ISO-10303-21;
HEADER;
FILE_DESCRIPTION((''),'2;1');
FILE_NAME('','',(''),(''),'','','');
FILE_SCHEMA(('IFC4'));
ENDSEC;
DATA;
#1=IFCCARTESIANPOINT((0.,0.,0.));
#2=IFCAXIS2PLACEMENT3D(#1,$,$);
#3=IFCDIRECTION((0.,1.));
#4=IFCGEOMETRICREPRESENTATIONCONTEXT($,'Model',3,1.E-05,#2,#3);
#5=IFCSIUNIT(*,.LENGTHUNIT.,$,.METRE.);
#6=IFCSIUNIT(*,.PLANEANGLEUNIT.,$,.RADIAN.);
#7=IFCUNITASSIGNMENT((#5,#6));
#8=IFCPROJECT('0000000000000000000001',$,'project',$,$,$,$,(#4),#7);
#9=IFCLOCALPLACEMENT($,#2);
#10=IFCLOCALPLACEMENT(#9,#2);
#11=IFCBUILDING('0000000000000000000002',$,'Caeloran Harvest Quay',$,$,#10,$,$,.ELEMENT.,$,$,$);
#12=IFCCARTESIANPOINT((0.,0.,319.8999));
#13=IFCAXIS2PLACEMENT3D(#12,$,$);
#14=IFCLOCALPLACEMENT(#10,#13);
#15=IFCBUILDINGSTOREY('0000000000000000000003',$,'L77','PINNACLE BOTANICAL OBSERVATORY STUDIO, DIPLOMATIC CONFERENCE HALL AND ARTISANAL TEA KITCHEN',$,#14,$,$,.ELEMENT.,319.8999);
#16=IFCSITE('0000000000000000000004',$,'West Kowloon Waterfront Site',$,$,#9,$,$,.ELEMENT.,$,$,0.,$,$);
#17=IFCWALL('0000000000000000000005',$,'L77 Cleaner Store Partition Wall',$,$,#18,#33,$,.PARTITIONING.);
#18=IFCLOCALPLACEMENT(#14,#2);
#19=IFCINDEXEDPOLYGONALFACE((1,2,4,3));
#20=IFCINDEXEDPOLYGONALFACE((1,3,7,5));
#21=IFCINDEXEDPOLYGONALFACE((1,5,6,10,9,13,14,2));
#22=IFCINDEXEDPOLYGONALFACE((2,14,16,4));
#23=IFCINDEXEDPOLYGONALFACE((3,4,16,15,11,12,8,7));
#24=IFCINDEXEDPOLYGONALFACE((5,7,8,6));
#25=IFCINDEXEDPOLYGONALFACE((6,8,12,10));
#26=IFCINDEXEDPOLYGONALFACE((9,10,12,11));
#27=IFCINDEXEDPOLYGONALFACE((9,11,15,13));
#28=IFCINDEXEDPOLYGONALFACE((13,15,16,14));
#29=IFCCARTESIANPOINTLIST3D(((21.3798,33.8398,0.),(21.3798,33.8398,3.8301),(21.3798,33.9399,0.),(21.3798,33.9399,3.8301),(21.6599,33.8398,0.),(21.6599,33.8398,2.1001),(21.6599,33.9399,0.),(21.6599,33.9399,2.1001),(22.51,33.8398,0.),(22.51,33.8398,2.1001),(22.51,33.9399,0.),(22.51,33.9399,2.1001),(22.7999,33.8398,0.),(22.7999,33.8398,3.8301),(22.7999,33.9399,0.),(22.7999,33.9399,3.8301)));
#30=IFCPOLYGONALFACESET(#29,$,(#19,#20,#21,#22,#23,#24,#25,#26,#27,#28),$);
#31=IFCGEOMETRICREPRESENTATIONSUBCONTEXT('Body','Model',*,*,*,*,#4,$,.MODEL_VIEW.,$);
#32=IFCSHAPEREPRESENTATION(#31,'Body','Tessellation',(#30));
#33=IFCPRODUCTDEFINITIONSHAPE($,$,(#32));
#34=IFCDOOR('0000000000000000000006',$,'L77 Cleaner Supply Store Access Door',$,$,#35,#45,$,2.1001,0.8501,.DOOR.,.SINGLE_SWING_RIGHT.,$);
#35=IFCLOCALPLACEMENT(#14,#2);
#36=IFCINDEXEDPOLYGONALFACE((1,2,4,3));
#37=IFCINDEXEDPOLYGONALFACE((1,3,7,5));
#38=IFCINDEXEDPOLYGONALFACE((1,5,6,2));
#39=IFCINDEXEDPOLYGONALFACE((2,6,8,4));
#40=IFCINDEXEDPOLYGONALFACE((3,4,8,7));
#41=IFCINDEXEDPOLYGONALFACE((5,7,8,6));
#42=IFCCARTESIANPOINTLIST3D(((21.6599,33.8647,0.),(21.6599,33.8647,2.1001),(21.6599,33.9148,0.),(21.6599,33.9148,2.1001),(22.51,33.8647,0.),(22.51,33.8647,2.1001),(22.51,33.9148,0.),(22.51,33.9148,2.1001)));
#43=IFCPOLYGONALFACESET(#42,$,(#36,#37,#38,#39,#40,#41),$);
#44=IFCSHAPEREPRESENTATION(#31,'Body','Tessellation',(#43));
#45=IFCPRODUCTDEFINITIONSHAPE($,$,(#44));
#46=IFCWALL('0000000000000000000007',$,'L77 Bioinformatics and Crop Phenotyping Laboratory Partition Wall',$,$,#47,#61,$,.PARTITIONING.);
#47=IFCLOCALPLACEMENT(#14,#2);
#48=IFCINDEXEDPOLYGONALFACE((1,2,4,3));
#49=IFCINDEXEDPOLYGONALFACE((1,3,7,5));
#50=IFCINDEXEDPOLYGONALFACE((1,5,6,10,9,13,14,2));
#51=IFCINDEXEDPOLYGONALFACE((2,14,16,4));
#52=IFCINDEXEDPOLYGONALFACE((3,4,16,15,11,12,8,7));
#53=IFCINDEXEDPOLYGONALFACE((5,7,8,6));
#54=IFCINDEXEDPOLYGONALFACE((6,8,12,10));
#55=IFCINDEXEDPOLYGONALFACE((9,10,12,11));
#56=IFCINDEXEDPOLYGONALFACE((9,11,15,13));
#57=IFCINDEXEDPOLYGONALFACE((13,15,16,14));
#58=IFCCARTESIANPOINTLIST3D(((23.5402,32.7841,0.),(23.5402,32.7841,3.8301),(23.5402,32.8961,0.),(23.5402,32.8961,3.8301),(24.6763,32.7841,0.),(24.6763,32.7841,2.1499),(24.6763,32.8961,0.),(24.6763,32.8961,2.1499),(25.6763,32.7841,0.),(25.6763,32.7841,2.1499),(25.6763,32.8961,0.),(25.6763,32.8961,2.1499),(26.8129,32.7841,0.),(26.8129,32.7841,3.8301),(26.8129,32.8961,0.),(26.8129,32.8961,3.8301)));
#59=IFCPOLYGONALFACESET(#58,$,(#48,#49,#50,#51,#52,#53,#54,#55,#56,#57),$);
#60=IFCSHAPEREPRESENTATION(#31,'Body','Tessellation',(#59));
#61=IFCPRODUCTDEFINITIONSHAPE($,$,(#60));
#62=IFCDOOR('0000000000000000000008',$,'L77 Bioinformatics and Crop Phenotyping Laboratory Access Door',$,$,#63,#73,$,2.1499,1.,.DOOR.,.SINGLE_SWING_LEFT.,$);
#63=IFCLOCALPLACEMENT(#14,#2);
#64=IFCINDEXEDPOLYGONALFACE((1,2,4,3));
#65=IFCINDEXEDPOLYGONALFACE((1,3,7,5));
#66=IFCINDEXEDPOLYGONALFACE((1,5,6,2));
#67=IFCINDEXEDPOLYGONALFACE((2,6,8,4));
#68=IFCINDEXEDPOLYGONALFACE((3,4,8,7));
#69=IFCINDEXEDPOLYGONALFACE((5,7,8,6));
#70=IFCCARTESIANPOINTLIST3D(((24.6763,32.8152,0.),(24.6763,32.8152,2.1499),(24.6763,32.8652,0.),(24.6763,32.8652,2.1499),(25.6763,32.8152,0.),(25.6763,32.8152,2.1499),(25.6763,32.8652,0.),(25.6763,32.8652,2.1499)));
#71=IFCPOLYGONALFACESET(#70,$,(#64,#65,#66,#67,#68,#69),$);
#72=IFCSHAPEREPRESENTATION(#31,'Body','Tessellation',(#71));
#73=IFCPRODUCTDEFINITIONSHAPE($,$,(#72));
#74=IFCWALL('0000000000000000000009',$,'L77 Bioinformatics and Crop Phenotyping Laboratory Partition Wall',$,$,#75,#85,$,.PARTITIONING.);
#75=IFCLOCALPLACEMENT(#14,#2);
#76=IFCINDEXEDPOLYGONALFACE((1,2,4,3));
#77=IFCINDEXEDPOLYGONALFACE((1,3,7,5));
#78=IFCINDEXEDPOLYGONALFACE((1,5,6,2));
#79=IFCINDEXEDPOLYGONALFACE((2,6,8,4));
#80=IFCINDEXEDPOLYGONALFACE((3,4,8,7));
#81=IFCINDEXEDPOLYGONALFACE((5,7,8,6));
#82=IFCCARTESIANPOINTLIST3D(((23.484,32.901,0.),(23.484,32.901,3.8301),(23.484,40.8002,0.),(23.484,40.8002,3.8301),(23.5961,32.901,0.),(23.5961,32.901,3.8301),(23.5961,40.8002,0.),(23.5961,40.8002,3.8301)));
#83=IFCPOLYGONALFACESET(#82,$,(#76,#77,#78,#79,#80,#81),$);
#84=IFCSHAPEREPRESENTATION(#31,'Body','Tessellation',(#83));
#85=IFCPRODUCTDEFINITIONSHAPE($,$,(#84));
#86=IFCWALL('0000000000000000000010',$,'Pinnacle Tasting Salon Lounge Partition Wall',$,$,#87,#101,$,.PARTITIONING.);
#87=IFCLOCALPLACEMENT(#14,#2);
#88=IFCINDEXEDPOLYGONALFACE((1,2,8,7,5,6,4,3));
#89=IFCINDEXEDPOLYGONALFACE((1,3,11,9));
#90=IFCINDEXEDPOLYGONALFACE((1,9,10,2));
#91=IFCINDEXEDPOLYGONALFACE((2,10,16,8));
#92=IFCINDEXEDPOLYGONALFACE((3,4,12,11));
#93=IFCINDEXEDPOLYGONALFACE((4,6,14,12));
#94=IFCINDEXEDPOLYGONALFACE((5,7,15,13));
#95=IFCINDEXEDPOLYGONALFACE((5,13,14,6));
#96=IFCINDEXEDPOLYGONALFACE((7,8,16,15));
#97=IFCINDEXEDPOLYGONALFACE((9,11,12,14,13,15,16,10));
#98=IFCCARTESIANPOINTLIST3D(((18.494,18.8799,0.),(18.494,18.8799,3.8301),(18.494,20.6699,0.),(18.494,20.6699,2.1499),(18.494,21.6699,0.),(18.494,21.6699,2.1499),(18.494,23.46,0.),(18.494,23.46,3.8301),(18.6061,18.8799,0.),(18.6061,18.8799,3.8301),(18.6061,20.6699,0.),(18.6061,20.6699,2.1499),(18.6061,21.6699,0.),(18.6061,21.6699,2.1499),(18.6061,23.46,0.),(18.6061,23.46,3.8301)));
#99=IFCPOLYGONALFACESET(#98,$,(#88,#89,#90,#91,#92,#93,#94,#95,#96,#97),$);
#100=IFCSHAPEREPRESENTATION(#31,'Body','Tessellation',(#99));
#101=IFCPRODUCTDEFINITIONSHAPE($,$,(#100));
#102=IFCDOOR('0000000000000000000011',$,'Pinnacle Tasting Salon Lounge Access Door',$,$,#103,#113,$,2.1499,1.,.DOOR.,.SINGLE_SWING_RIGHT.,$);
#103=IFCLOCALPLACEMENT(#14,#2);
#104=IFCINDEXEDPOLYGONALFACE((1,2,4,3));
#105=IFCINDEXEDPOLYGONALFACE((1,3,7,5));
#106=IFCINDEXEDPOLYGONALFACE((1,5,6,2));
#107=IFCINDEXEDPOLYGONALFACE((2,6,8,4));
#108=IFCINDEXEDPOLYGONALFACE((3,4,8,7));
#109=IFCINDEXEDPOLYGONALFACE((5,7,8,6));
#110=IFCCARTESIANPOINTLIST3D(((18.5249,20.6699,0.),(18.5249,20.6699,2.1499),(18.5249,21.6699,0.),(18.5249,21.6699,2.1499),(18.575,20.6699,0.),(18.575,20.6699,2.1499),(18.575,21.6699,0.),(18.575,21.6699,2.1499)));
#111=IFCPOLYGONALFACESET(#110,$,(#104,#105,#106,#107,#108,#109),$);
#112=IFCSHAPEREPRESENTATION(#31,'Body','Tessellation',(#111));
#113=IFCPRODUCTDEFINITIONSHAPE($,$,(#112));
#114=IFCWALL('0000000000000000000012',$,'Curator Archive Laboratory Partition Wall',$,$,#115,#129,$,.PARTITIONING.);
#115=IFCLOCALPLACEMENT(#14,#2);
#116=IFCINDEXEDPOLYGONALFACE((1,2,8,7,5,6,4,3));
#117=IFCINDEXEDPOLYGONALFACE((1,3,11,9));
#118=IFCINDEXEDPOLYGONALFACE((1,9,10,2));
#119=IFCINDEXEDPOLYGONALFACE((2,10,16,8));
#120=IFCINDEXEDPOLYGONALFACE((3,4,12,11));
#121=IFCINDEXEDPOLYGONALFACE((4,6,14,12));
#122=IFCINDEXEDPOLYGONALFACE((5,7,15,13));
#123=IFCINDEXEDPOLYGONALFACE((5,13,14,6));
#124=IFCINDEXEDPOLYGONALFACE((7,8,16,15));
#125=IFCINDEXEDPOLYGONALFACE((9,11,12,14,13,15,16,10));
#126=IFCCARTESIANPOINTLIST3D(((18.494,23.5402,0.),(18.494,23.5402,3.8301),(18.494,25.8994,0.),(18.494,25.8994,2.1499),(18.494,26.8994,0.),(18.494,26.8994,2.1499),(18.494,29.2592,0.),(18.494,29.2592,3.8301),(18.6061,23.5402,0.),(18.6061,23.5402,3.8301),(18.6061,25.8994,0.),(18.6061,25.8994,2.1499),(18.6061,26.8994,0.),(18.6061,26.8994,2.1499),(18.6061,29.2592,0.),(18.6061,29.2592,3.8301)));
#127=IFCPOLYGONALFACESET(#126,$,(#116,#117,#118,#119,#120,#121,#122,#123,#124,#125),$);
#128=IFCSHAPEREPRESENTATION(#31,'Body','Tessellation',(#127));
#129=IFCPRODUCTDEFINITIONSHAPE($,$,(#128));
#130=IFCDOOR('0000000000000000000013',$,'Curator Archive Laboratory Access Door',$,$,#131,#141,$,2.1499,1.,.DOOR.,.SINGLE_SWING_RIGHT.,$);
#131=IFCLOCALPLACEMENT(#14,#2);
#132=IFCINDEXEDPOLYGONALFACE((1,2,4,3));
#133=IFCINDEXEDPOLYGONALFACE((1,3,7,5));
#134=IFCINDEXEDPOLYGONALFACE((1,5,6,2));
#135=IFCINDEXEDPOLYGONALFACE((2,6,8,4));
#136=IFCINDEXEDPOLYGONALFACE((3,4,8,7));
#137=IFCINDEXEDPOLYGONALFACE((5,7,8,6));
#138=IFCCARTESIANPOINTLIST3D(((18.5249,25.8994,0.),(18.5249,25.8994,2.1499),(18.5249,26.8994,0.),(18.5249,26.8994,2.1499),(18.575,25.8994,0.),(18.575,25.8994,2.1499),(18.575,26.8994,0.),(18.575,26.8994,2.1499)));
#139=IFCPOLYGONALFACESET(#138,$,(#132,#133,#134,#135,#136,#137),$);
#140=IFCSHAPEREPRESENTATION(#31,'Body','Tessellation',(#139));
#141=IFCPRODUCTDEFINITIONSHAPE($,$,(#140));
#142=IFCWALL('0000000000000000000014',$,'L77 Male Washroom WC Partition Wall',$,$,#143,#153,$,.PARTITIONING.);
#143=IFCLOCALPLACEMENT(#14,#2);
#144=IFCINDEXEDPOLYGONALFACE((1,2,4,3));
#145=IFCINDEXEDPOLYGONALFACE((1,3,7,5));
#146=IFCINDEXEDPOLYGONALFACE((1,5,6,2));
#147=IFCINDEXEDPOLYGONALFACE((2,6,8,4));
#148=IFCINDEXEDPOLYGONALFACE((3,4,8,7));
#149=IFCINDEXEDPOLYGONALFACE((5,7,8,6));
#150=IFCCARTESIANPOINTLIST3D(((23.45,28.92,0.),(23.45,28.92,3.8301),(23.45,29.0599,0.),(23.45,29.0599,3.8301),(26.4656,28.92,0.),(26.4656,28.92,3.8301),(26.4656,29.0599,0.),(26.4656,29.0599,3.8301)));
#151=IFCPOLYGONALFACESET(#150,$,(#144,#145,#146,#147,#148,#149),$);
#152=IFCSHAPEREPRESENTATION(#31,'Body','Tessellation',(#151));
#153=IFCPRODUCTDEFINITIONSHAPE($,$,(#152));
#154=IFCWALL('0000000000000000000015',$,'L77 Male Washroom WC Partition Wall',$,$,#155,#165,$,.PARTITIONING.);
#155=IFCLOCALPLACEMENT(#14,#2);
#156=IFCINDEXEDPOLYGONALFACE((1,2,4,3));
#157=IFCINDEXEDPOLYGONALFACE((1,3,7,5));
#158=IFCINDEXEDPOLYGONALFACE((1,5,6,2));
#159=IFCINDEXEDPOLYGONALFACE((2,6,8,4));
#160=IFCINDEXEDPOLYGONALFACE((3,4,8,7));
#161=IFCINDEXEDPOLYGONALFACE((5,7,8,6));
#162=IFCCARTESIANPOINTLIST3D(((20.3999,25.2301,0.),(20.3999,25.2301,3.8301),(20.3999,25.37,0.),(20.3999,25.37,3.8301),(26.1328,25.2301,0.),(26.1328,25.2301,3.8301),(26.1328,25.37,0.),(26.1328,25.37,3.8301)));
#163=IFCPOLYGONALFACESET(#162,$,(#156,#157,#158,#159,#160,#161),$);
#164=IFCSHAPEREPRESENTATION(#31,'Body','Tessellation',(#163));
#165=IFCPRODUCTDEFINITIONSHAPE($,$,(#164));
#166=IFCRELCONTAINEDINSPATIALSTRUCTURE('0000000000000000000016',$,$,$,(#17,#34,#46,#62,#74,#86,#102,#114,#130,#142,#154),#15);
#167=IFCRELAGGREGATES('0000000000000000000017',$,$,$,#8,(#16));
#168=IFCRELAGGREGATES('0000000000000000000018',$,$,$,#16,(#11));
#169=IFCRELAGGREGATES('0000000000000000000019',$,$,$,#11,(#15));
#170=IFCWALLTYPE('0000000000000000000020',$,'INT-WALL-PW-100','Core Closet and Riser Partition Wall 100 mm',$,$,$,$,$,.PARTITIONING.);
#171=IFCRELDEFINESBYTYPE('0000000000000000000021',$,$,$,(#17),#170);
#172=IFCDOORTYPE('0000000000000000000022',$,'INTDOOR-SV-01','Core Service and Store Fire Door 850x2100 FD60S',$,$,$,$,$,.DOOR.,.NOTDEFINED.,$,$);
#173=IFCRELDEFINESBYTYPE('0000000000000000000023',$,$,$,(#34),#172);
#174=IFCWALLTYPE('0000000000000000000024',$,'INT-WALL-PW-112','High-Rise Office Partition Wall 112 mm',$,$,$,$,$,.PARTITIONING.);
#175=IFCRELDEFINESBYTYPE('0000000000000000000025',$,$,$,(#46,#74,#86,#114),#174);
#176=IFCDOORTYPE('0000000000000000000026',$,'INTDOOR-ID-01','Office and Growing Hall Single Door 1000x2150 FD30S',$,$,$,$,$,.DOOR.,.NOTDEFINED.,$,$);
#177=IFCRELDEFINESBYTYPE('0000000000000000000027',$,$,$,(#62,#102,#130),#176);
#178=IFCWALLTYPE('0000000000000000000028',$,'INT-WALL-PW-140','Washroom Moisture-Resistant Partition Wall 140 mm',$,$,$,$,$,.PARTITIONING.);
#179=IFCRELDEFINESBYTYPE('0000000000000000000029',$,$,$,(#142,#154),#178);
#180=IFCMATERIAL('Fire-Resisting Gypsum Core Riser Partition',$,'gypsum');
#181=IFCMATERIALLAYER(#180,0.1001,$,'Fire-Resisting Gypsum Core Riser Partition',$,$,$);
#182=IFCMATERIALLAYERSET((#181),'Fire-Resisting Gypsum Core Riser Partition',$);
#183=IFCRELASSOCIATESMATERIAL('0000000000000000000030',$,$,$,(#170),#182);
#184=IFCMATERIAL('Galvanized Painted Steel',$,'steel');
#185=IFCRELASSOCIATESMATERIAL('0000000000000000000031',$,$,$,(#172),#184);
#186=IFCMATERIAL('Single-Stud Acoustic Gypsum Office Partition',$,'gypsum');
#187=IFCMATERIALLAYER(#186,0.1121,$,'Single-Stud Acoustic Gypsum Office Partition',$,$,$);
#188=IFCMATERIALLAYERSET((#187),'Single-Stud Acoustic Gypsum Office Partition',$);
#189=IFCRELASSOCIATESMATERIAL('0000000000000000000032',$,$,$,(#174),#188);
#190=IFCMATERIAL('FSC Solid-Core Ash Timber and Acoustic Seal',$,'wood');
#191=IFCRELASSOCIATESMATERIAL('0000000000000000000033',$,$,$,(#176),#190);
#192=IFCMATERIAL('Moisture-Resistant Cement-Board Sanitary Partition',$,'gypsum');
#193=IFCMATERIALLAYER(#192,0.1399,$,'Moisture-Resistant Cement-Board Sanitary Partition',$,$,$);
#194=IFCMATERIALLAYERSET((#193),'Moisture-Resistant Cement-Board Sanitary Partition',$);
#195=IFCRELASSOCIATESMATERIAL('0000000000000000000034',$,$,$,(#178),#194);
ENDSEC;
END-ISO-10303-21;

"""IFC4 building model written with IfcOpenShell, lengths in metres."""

from ifc_helpers import new_model, si_unit, direction, frame, frame_2d, origin, place, context, subcontext, project, spatial, rectangle, extrude, material, layer, layer_set, type_object, element, fill, save


model = new_model("IFC4")

# Units and contexts
model_context = context("Model", 3, precision=1e-05, world=origin(), true_north=direction((0.0, 1.0)))
body_context = subcontext(model_context, "Body", "Model", "MODEL_VIEW")
ifc_project = project(units=[si_unit("LENGTHUNIT", "METRE"), si_unit("PLANEANGLEUNIT", "RADIAN")], contexts=[model_context])

# Site, building, storey
site_placement = place(None, origin())
site = spatial("IfcSite", under=ifc_project, at=site_placement, Name="West Kowloon Waterfront Site", CompositionType="ELEMENT", RefElevation=0.0)
building_placement = place(site_placement, origin())
building = spatial("IfcBuilding", under=site, at=building_placement, Name="Caeloran Harvest Quay", CompositionType="ELEMENT")
storey_placement = place(building_placement, frame((0.0, 0.0, 319.8999)))
storey = spatial("IfcBuildingStorey", under=building, at=storey_placement, Name="L77", Description="PINNACLE BOTANICAL OBSERVATORY STUDIO, DIPLOMATIC CONFERENCE HALL AND ARTISANAL TEA KITCHEN", CompositionType="ELEMENT", Elevation=319.8999)

# Walls, openings, doors
ifc_material_1 = material(Name="Fire-Resisting Gypsum Core Riser Partition", Category="gypsum")
ifc_layer_1 = layer(ifc_material_1, 0.1001, Name="Fire-Resisting Gypsum Core Riser Partition")
ifc_layer_set_1 = layer_set([ifc_layer_1], Name="Fire-Resisting Gypsum Core Riser Partition")
wall_type_1 = type_object("IfcWallType", Name="INT-WALL-PW-100", Description="Core Closet and Riser Partition Wall 100 mm", PredefinedType="PARTITIONING", material=ifc_layer_set_1)
wall_1_placement = place(storey_placement, frame((21.3799, 33.8899, 0.0), z_axis=(0.0, 0.0, 1.0), x_axis=(1.0, 0.0, 0.0)))
wall_1 = element("IfcWall", 1, at=wall_1_placement, inside=storey, type_object=wall_type_1, Name="L77 Cleaner Store Partition Wall", PredefinedType="PARTITIONING", context=body_context, shape_type="SweptSolid", body=[
    extrude(rectangle(XDim=1.4202, YDim=0.1001, at=frame_2d((0.71, 0.0))), origin(), (0.0, 0.0, 1.0), 3.8301),
])
opening_1_placement = place(wall_1_placement, frame((0.28, 0.0, 0.0)))
opening_1 = element("IfcOpeningElement", 2, at=opening_1_placement, cuts=wall_1, PredefinedType="OPENING", context=body_context, shape_type="SweptSolid", body=[
    extrude(rectangle(XDim=0.8501, YDim=2.1001, at=frame_2d((0.425, 1.05))), frame((0.0, 0.0601, 0.0), z_axis=(0.0, -1.0, 0.0), x_axis=(1.0, 0.0, 0.0)), (0.0, 0.0, 1.0), 0.1201),
])
ifc_material_2 = material(Name="Galvanized Painted Steel", Category="steel")
door_type_1 = type_object("IfcDoorType", Name="INTDOOR-SV-01", Description="Core Service and Store Fire Door 850x2100 FD60S", OperationType="NOTDEFINED", PredefinedType="DOOR", material=ifc_material_2)
door_1_placement = place(opening_1_placement, origin())
door_1 = element("IfcDoor", 3, at=door_1_placement, inside=storey, type_object=door_type_1, Name="L77 Cleaner Supply Store Access Door", OperationType="SINGLE_SWING_RIGHT", OverallHeight=2.1001, OverallWidth=0.8501, PredefinedType="DOOR", context=body_context, shape_type="SweptSolid", body=[
    extrude(rectangle(XDim=0.8501, YDim=2.1001, at=frame_2d((0.425, 1.05))), frame((0.0, 0.0249, 0.0), z_axis=(0.0, -1.0, 0.0), x_axis=(1.0, 0.0, 0.0)), (0.0, 0.0, 1.0), 0.05),
])
fill(opening_1, door_1)
ifc_material_3 = material(Name="Single-Stud Acoustic Gypsum Office Partition", Category="gypsum")
ifc_layer_2 = layer(ifc_material_3, 0.1121, Name="Single-Stud Acoustic Gypsum Office Partition")
ifc_layer_set_2 = layer_set([ifc_layer_2], Name="Single-Stud Acoustic Gypsum Office Partition")
wall_type_2 = type_object("IfcWallType", Name="INT-WALL-PW-112", Description="High-Rise Office Partition Wall 112 mm", PredefinedType="PARTITIONING", material=ifc_layer_set_2)
wall_2_placement = place(storey_placement, frame((26.8127, 32.8401, 0.0), z_axis=(0.0, 0.0, 1.0), x_axis=(-1.0, 0.0, 0.0)))
wall_2 = element("IfcWall", 4, at=wall_2_placement, inside=storey, type_object=wall_type_2, Name="L77 Bioinformatics and Crop Phenotyping Laboratory Partition Wall", PredefinedType="PARTITIONING", context=body_context, shape_type="SweptSolid", body=[
    extrude(rectangle(XDim=3.2727, YDim=0.1121, at=frame_2d((1.6362, 0.0))), origin(), (0.0, 0.0, 1.0), 3.8301),
])
opening_2_placement = place(wall_2_placement, frame((1.1365, 0.0, 0.0)))
opening_2 = element("IfcOpeningElement", 5, at=opening_2_placement, cuts=wall_2, PredefinedType="OPENING", context=body_context, shape_type="SweptSolid", body=[
    extrude(rectangle(XDim=1.0, YDim=2.1499, at=frame_2d((0.5, 1.075))), frame((0.0, 0.0659, 0.0), z_axis=(0.0, -1.0, 0.0), x_axis=(1.0, 0.0, 0.0)), (0.0, 0.0, 1.0), 0.1321),
])
ifc_material_4 = material(Name="FSC Solid-Core Ash Timber and Acoustic Seal", Category="wood")
door_type_2 = type_object("IfcDoorType", Name="INTDOOR-ID-01", Description="Office and Growing Hall Single Door 1000x2150 FD30S", OperationType="NOTDEFINED", PredefinedType="DOOR", material=ifc_material_4)
door_2_placement = place(opening_2_placement, origin())
door_2 = element("IfcDoor", 6, at=door_2_placement, inside=storey, type_object=door_type_2, Name="L77 Bioinformatics and Crop Phenotyping Laboratory Access Door", OperationType="SINGLE_SWING_LEFT", OverallHeight=2.1499, OverallWidth=1.0, PredefinedType="DOOR", context=body_context, shape_type="SweptSolid", body=[
    extrude(rectangle(XDim=1.0, YDim=2.1499, at=frame_2d((0.5, 1.075))), frame((0.0, 0.0249, 0.0), z_axis=(0.0, -1.0, 0.0), x_axis=(1.0, 0.0, 0.0)), (0.0, 0.0, 1.0), 0.05),
])
fill(opening_2, door_2)

# Wall
wall_3_placement = place(storey_placement, frame((23.54, 32.9009, 0.0), z_axis=(0.0, 0.0, 1.0), x_axis=(0.0, 1.0, 0.0)))
element("IfcWall", 7, at=wall_3_placement, inside=storey, type_object=wall_type_2, Name="L77 Bioinformatics and Crop Phenotyping Laboratory Partition Wall", PredefinedType="PARTITIONING", context=body_context, shape_type="SweptSolid", body=[
    extrude(rectangle(XDim=7.8992, YDim=0.1121, at=frame_2d((3.9497, 0.0))), origin(), (0.0, 0.0, 1.0), 3.8301),
])

# Walls, openings, doors
wall_4_placement = place(storey_placement, frame((18.55, 23.46, 0.0), z_axis=(0.0, 0.0, 1.0), x_axis=(0.0, -1.0, 0.0)))
wall_4 = element("IfcWall", 8, at=wall_4_placement, inside=storey, type_object=wall_type_2, Name="Pinnacle Tasting Salon Lounge Partition Wall", PredefinedType="PARTITIONING", context=body_context, shape_type="SweptSolid", body=[
    extrude(rectangle(XDim=4.5801, YDim=0.1121, at=frame_2d((2.29, 0.0))), origin(), (0.0, 0.0, 1.0), 3.8301),
])
opening_3_placement = place(wall_4_placement, frame((1.79, 0.0, 0.0)))
opening_3 = element("IfcOpeningElement", 9, at=opening_3_placement, cuts=wall_4, PredefinedType="OPENING", context=body_context, shape_type="SweptSolid", body=[
    extrude(rectangle(XDim=1.0, YDim=2.1499, at=frame_2d((0.5, 1.075))), frame((0.0, 0.0659, 0.0), z_axis=(0.0, -1.0, 0.0), x_axis=(1.0, 0.0, 0.0)), (0.0, 0.0, 1.0), 0.1321),
])
door_3_placement = place(opening_3_placement, origin())
door_3 = element("IfcDoor", 10, at=door_3_placement, inside=storey, type_object=door_type_2, Name="Pinnacle Tasting Salon Lounge Access Door", OperationType="SINGLE_SWING_RIGHT", OverallHeight=2.1499, OverallWidth=1.0, PredefinedType="DOOR", context=body_context, shape_type="SweptSolid", body=[
    extrude(rectangle(XDim=1.0, YDim=2.1499, at=frame_2d((0.5, 1.075))), frame((0.0, 0.0249, 0.0), z_axis=(0.0, -1.0, 0.0), x_axis=(1.0, 0.0, 0.0)), (0.0, 0.0, 1.0), 0.05),
])
fill(opening_3, door_3)
wall_5_placement = place(storey_placement, frame((18.55, 29.259, 0.0), z_axis=(0.0, 0.0, 1.0), x_axis=(0.0, -1.0, 0.0)))
wall_5 = element("IfcWall", 11, at=wall_5_placement, inside=storey, type_object=wall_type_2, Name="Curator Archive Laboratory Partition Wall", PredefinedType="PARTITIONING", context=body_context, shape_type="SweptSolid", body=[
    extrude(rectangle(XDim=5.719, YDim=0.1121, at=frame_2d((2.8594, 0.0))), origin(), (0.0, 0.0, 1.0), 3.8301),
])
opening_4_placement = place(wall_5_placement, frame((2.3596, 0.0, 0.0)))
opening_4 = element("IfcOpeningElement", 12, at=opening_4_placement, cuts=wall_5, PredefinedType="OPENING", context=body_context, shape_type="SweptSolid", body=[
    extrude(rectangle(XDim=1.0, YDim=2.1499, at=frame_2d((0.5, 1.075))), frame((0.0, 0.0659, 0.0), z_axis=(0.0, -1.0, 0.0), x_axis=(1.0, 0.0, 0.0)), (0.0, 0.0, 1.0), 0.1321),
])
door_4_placement = place(opening_4_placement, origin())
door_4 = element("IfcDoor", 13, at=door_4_placement, inside=storey, type_object=door_type_2, Name="Curator Archive Laboratory Access Door", OperationType="SINGLE_SWING_RIGHT", OverallHeight=2.1499, OverallWidth=1.0, PredefinedType="DOOR", context=body_context, shape_type="SweptSolid", body=[
    extrude(rectangle(XDim=1.0, YDim=2.1499, at=frame_2d((0.5, 1.075))), frame((0.0, 0.0249, 0.0), z_axis=(0.0, -1.0, 0.0), x_axis=(1.0, 0.0, 0.0)), (0.0, 0.0, 1.0), 0.05),
])
fill(opening_4, door_4)

# Walls
ifc_material_5 = material(Name="Moisture-Resistant Cement-Board Sanitary Partition", Category="gypsum")
ifc_layer_3 = layer(ifc_material_5, 0.1399, Name="Moisture-Resistant Cement-Board Sanitary Partition")
ifc_layer_set_3 = layer_set([ifc_layer_3], Name="Moisture-Resistant Cement-Board Sanitary Partition")
wall_type_3 = type_object("IfcWallType", Name="INT-WALL-PW-140", Description="Washroom Moisture-Resistant Partition Wall 140 mm", PredefinedType="PARTITIONING", material=ifc_layer_set_3)
wall_6_placement = place(storey_placement, frame((23.45, 28.99, 0.0), z_axis=(0.0, 0.0, 1.0), x_axis=(1.0, 0.0, 0.0)))
element("IfcWall", 14, at=wall_6_placement, inside=storey, type_object=wall_type_3, Name="L77 Male Washroom WC Partition Wall", PredefinedType="PARTITIONING", context=body_context, shape_type="SweptSolid", body=[
    extrude(rectangle(XDim=3.0156, YDim=0.1399, at=frame_2d((1.5078, 0.0))), origin(), (0.0, 0.0, 1.0), 3.8301),
])
wall_7_placement = place(storey_placement, frame((26.1328, 25.3, 0.0), z_axis=(0.0, 0.0, 1.0), x_axis=(-1.0, 0.0, 0.0)))
element("IfcWall", 15, at=wall_7_placement, inside=storey, type_object=wall_type_3, Name="L77 Male Washroom WC Partition Wall", PredefinedType="PARTITIONING", context=body_context, shape_type="SweptSolid", body=[
    extrude(rectangle(XDim=5.7329, YDim=0.1399, at=frame_2d((2.8665, 0.0))), origin(), (0.0, 0.0, 1.0), 3.8301),
])

save(model, "model.ifc")
